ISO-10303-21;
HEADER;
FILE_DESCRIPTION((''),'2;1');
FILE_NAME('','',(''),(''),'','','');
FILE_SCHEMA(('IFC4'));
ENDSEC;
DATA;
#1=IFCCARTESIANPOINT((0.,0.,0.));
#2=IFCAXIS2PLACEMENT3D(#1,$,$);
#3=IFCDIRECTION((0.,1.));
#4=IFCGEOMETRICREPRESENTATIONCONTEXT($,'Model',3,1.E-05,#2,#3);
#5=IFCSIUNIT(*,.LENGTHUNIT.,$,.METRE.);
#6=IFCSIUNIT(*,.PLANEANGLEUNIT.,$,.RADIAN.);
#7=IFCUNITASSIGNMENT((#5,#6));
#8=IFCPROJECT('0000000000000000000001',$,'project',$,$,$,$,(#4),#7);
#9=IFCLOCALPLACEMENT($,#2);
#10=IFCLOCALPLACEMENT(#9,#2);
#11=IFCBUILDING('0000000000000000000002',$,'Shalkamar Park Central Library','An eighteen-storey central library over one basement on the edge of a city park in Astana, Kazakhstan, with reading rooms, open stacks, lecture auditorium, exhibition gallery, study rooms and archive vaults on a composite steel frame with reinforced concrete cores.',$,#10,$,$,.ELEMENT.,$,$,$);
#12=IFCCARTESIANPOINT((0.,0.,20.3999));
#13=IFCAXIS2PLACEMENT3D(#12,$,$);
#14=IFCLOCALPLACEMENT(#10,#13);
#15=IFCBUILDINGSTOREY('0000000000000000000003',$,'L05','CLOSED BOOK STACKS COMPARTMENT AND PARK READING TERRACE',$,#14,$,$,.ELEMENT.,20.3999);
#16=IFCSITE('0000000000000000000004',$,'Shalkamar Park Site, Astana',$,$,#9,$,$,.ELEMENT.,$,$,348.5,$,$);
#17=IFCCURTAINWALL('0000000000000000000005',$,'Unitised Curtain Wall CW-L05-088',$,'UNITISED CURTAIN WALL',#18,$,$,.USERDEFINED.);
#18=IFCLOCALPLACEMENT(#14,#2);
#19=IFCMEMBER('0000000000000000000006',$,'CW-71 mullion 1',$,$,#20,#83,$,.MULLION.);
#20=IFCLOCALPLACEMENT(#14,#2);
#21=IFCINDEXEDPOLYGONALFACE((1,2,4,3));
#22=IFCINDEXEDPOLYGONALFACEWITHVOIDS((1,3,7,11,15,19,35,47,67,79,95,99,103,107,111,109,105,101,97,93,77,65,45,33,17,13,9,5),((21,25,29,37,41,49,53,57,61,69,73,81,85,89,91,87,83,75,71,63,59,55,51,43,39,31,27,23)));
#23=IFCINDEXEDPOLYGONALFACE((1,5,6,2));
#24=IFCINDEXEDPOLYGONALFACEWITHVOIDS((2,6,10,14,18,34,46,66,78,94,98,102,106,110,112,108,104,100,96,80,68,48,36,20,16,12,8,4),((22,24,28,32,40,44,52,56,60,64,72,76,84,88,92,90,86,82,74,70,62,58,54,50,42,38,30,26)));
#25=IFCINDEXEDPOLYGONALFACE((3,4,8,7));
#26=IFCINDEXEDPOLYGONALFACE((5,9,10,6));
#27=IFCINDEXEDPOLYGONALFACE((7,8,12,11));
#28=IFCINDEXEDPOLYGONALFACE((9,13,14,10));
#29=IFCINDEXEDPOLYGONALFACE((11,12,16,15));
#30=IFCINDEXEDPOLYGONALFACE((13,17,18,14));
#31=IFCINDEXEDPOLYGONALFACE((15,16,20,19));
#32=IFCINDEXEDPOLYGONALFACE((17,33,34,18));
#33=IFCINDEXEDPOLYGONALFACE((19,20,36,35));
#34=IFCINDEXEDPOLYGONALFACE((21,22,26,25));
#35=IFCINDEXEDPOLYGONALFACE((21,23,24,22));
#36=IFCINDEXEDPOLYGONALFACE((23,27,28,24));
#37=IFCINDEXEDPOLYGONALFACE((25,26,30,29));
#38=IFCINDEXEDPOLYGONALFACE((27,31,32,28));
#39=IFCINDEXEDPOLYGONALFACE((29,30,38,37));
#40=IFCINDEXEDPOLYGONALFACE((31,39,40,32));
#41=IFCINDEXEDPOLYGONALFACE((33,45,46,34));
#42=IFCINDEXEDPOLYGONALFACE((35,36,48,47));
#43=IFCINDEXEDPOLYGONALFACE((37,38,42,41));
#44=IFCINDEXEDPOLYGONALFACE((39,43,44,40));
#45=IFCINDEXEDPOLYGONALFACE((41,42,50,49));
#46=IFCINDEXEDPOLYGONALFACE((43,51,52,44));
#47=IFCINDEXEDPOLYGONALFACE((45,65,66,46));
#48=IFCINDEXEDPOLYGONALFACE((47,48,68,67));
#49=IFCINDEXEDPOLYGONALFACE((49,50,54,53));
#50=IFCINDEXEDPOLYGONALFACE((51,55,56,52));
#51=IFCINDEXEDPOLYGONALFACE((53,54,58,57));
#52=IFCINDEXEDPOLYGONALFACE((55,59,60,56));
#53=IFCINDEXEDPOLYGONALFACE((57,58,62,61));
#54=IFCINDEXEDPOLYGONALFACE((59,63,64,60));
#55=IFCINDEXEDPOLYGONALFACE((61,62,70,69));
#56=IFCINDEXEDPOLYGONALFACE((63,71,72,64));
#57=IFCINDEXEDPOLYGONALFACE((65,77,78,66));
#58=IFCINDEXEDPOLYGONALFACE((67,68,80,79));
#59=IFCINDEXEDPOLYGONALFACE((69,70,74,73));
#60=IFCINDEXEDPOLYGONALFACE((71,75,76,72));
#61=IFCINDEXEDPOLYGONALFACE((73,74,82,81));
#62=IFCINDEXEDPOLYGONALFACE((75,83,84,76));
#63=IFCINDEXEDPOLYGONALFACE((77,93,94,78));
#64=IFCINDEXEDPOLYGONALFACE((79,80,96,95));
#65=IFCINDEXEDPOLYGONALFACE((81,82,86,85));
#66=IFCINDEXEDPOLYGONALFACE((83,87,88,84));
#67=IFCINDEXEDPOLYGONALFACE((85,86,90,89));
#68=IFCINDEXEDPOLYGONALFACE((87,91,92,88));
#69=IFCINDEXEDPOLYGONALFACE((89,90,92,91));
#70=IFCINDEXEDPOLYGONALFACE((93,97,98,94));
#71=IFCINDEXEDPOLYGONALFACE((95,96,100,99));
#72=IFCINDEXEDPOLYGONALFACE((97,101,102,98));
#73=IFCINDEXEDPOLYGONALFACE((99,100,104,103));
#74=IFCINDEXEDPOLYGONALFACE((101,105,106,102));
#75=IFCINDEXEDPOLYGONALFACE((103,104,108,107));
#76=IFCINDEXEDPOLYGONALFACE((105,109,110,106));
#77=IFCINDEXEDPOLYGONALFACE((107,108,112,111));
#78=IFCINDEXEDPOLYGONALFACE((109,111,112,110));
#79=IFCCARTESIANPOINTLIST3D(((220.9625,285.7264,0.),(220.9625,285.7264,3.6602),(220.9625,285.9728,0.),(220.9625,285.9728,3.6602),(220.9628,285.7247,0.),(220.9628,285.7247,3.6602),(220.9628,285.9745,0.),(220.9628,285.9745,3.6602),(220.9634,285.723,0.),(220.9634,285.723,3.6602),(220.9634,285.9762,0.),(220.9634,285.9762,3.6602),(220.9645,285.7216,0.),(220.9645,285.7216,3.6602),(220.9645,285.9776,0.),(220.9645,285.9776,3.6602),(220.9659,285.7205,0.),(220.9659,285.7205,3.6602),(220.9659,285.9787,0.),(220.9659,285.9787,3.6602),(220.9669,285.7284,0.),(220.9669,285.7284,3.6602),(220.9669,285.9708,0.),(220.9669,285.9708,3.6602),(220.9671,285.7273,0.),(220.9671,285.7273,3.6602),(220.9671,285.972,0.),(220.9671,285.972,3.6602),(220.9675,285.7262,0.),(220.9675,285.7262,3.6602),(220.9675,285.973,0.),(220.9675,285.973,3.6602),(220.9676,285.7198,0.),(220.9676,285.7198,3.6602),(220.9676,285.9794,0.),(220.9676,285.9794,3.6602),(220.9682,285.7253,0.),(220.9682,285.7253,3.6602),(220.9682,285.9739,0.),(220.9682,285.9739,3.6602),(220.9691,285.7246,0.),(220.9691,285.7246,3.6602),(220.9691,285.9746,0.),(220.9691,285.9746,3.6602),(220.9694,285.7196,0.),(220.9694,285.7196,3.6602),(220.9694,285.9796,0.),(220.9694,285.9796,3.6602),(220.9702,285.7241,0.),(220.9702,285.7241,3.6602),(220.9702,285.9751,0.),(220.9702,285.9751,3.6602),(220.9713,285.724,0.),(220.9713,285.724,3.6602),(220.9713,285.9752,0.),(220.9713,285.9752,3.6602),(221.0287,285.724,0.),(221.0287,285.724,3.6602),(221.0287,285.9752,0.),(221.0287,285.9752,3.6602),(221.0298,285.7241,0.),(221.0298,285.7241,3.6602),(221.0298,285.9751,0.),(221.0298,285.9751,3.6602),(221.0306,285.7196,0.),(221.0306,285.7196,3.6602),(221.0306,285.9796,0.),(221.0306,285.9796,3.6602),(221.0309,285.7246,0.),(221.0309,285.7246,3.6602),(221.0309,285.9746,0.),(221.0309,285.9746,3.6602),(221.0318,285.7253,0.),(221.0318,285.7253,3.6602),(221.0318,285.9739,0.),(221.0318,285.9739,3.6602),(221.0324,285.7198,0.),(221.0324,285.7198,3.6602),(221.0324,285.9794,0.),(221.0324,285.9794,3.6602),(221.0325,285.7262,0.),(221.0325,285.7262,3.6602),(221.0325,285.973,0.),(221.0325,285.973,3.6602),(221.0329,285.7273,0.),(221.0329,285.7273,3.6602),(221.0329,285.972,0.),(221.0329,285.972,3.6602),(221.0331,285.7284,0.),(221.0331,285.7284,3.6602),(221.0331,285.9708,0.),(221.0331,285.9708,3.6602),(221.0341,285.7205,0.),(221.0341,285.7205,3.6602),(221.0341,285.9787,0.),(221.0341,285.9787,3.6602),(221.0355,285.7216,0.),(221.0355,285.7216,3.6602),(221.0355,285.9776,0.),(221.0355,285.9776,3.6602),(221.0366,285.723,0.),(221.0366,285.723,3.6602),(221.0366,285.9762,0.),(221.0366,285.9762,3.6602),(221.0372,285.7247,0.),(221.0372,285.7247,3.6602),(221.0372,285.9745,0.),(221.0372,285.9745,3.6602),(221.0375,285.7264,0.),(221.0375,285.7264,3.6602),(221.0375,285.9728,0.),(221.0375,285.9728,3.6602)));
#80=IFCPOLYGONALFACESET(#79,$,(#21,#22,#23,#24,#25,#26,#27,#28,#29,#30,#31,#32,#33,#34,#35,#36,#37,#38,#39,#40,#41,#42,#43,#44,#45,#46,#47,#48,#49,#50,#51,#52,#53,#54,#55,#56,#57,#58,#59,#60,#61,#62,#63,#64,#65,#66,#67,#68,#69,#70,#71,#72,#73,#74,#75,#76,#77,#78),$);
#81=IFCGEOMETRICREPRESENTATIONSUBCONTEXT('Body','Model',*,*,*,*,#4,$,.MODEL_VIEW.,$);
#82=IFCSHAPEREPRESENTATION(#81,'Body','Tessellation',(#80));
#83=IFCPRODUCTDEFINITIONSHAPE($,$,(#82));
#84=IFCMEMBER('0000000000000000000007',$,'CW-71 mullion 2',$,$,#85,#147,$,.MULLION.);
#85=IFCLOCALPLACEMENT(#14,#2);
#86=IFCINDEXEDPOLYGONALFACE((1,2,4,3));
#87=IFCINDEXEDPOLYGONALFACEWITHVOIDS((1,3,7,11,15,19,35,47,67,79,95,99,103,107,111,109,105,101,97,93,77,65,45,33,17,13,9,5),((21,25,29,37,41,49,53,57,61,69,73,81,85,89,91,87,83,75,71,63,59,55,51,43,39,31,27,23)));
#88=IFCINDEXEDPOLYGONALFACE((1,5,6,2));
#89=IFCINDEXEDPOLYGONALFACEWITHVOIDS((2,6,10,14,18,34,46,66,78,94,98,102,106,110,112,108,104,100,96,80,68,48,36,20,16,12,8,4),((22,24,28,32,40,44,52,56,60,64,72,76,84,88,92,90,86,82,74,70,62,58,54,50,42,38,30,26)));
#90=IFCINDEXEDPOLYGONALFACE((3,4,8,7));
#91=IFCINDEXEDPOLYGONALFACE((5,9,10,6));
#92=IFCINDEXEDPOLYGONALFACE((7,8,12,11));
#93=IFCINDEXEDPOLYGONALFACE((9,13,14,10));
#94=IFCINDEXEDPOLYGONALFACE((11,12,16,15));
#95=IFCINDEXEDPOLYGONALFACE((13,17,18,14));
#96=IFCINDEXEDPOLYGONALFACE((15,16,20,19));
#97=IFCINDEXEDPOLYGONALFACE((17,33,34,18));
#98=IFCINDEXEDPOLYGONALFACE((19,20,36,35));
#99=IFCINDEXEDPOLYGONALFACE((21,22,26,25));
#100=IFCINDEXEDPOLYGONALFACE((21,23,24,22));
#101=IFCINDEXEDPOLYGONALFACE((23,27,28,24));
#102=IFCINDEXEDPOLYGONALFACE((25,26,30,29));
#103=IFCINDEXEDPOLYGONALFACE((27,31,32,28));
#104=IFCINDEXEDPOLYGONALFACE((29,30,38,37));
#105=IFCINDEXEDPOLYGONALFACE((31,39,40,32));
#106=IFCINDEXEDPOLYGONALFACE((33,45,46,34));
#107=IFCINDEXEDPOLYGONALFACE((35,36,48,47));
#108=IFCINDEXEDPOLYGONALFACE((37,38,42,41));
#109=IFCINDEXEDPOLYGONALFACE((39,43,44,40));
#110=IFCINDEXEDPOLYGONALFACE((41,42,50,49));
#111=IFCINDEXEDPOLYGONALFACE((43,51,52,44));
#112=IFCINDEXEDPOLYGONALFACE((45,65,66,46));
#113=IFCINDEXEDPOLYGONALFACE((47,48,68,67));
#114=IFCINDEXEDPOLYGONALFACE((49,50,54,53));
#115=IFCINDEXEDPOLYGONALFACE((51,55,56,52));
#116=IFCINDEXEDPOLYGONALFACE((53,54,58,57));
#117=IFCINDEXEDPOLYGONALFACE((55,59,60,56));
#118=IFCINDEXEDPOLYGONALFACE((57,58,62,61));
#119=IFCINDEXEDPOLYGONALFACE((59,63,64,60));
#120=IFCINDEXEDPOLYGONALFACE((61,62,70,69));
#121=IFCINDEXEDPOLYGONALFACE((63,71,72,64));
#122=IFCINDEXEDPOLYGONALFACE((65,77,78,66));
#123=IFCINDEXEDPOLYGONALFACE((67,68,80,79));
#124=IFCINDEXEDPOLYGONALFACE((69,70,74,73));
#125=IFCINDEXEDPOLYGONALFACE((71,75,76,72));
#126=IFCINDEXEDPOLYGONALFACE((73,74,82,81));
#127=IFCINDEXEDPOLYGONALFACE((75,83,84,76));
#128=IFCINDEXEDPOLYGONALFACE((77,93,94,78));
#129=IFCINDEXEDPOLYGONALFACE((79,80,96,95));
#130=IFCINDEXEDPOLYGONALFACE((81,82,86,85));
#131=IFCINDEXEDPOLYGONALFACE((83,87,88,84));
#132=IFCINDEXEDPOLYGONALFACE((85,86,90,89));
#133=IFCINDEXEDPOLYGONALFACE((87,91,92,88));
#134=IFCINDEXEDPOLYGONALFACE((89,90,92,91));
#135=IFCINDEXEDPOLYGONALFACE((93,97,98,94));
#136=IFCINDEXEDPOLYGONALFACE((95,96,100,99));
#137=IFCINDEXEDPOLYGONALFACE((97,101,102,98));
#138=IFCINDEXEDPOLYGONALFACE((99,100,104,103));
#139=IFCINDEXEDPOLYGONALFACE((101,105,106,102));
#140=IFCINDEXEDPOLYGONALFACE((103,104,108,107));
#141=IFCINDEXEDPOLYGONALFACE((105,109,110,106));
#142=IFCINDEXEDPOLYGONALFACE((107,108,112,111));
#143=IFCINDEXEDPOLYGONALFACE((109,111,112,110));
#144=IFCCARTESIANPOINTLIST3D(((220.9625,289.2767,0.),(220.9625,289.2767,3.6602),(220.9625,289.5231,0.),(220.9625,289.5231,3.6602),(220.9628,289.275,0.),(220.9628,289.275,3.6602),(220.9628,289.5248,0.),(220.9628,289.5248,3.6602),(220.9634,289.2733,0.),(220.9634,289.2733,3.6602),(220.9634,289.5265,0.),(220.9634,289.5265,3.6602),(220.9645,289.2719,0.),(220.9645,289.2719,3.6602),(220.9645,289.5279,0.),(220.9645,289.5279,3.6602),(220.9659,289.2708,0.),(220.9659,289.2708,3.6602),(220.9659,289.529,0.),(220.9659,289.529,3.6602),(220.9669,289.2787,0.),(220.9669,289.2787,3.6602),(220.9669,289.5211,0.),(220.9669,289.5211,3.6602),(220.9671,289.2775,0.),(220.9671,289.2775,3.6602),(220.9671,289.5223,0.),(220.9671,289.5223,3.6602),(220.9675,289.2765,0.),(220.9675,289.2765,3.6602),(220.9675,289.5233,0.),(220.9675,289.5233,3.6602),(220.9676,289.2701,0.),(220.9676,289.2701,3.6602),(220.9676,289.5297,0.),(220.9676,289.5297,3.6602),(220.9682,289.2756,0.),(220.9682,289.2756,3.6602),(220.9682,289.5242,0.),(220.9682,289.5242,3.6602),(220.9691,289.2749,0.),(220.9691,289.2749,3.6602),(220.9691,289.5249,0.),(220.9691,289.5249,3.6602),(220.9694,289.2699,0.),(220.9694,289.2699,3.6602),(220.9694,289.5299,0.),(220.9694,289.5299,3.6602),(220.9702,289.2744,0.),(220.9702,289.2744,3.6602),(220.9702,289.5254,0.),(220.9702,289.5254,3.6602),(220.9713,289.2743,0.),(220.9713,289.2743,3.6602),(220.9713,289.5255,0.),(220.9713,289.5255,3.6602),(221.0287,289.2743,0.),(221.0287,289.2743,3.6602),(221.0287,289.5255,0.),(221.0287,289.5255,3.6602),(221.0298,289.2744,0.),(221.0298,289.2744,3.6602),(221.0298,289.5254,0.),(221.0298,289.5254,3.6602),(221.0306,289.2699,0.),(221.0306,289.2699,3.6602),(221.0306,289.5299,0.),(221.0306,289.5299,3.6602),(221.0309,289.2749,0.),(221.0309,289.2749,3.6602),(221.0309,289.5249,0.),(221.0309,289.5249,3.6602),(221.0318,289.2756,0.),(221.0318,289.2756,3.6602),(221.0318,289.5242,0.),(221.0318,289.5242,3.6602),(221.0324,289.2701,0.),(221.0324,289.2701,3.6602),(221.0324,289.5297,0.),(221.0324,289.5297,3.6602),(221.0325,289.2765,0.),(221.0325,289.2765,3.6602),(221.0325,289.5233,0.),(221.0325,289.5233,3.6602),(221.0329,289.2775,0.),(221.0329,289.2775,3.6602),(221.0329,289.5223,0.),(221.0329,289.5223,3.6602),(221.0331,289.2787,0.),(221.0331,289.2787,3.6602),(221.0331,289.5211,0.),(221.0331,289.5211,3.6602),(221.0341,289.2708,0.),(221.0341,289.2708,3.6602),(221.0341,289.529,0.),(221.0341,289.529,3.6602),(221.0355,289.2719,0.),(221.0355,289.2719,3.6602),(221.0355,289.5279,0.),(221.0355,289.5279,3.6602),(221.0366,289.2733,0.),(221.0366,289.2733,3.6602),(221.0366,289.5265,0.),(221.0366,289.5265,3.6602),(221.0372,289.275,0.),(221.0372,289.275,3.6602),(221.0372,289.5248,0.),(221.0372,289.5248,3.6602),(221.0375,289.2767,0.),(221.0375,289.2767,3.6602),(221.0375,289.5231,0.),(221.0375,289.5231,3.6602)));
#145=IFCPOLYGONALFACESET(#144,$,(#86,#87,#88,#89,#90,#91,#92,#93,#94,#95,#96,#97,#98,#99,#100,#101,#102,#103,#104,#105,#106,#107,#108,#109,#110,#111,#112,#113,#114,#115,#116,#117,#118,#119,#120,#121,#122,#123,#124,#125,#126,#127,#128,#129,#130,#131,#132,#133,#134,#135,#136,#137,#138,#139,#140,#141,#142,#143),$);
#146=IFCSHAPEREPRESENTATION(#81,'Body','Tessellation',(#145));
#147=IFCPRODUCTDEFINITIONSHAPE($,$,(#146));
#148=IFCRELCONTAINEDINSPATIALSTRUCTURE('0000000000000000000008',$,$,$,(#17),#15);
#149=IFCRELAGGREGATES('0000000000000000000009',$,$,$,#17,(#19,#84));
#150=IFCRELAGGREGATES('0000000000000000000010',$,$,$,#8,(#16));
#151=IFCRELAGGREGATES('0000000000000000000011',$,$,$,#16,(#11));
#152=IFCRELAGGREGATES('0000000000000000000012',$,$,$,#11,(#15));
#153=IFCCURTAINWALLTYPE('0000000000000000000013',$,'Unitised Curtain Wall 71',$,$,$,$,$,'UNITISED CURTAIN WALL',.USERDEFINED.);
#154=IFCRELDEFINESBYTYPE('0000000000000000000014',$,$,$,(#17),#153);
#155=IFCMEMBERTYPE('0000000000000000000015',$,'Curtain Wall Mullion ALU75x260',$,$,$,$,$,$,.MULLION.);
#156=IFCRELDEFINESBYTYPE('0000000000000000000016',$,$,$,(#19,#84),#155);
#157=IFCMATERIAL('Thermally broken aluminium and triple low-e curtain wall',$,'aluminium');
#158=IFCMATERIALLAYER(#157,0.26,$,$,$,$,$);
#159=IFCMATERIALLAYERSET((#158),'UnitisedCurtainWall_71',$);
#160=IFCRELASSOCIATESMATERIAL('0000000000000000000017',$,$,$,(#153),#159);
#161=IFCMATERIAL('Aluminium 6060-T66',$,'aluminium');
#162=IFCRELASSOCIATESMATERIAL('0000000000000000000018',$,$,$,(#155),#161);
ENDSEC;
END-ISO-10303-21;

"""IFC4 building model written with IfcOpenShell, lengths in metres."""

from ifc_helpers import new_model, si_unit, direction, frame, origin, origin_2d, place, context, subcontext, project, spatial, hollow_rectangle, extrude, material, layer, layer_set, material_profile, profile_set, type_object, element, aggregate, save


model = new_model("IFC4")

# Units and contexts
model_context = context("Model", 3, precision=1e-05, world=origin(), true_north=direction((0.0, 1.0)))
body_context = subcontext(model_context, "Body", "Model", "MODEL_VIEW")
ifc_project = project(units=[si_unit("LENGTHUNIT", "METRE"), si_unit("PLANEANGLEUNIT", "RADIAN")], contexts=[model_context])

# Site, building, storey
site_placement = place(None, origin())
site = spatial("IfcSite", under=ifc_project, at=site_placement, Name="Shalkamar Park Site, Astana", CompositionType="ELEMENT", RefElevation=348.5)
building_placement = place(site_placement, origin())
building = spatial("IfcBuilding", under=site, at=building_placement, Name="Shalkamar Park Central Library", Description="An eighteen-storey central library over one basement on the edge of a city park in Astana, Kazakhstan, with reading rooms, open stacks, lecture auditorium, exhibition gallery, study rooms and archive vaults on a composite steel frame with reinforced concrete cores.", CompositionType="ELEMENT")
storey_placement = place(building_placement, frame((0.0, 0.0, 20.3999)))
storey = spatial("IfcBuildingStorey", under=building, at=storey_placement, Name="L05", Description="CLOSED BOOK STACKS COMPARTMENT AND PARK READING TERRACE", CompositionType="ELEMENT", Elevation=20.3999)

# Curtain wall, members
ifc_material_1 = material(Name="Thermally broken aluminium and triple low-e curtain wall", Category="aluminium")
ifc_layer_1 = layer(ifc_material_1, 0.26)
ifc_layer_set_1 = layer_set([ifc_layer_1], Name="UnitisedCurtainWall_71")
curtain_wall_type = type_object("IfcCurtainWallType", Name="Unitised Curtain Wall 71", ElementType="UNITISED CURTAIN WALL", PredefinedType="USERDEFINED", material=ifc_layer_set_1)
curtain_wall_placement = place(storey_placement, origin())
curtain_wall = element("IfcCurtainWall", 1, at=curtain_wall_placement, inside=storey, type_object=curtain_wall_type, Name="Unitised Curtain Wall CW-L05-088", ObjectType="UNITISED CURTAIN WALL", PredefinedType="USERDEFINED")
ifc_material_2 = material(Name="Aluminium 6060-T66", Category="aluminium")
ifc_material_profile_1 = material_profile(ifc_material_2, hollow_rectangle(XDim=0.075, YDim=0.26, WallThickness=0.0044, InnerFilletRadius=0.0044, OuterFilletRadius=0.0068, at=origin_2d()), Name="ALU 75x260x4.5")
ifc_profile_set_1 = profile_set([ifc_material_profile_1], Name="Aluminium 6060-T66")
member_type_1 = type_object("IfcMemberType", Name="Curtain Wall Mullion ALU75x260", PredefinedType="MULLION", material=ifc_profile_set_1)
member_1_placement = place(storey_placement, frame((221.0, 285.8496, 0.0), z_axis=(0.0, 0.0, 1.0), x_axis=(-1.0, 0.0, 0.0)))
member_1 = element("IfcMember", 2, at=member_1_placement, type_object=member_type_1, Name="CW-71 mullion 1", PredefinedType="MULLION", context=body_context, shape_type="SweptSolid", body=[
    extrude(hollow_rectangle(XDim=0.075, YDim=0.26, WallThickness=0.0044, InnerFilletRadius=0.0044, OuterFilletRadius=0.0068, at=origin_2d()), origin(), (0.0, 0.0, 1.0), 3.6602),
])
member_2_placement = place(storey_placement, frame((221.0, 289.3999, 0.0), z_axis=(0.0, 0.0, 1.0), x_axis=(-1.0, 0.0, 0.0)))
member_2 = element("IfcMember", 3, at=member_2_placement, type_object=member_type_1, Name="CW-71 mullion 2", PredefinedType="MULLION", context=body_context, shape_type="SweptSolid", body=[
    extrude(hollow_rectangle(XDim=0.075, YDim=0.26, WallThickness=0.0044, InnerFilletRadius=0.0044, OuterFilletRadius=0.0068, at=origin_2d()), origin(), (0.0, 0.0, 1.0), 3.6602),
])

aggregate(curtain_wall, [member_1, member_2])

save(model, "model.ifc")
